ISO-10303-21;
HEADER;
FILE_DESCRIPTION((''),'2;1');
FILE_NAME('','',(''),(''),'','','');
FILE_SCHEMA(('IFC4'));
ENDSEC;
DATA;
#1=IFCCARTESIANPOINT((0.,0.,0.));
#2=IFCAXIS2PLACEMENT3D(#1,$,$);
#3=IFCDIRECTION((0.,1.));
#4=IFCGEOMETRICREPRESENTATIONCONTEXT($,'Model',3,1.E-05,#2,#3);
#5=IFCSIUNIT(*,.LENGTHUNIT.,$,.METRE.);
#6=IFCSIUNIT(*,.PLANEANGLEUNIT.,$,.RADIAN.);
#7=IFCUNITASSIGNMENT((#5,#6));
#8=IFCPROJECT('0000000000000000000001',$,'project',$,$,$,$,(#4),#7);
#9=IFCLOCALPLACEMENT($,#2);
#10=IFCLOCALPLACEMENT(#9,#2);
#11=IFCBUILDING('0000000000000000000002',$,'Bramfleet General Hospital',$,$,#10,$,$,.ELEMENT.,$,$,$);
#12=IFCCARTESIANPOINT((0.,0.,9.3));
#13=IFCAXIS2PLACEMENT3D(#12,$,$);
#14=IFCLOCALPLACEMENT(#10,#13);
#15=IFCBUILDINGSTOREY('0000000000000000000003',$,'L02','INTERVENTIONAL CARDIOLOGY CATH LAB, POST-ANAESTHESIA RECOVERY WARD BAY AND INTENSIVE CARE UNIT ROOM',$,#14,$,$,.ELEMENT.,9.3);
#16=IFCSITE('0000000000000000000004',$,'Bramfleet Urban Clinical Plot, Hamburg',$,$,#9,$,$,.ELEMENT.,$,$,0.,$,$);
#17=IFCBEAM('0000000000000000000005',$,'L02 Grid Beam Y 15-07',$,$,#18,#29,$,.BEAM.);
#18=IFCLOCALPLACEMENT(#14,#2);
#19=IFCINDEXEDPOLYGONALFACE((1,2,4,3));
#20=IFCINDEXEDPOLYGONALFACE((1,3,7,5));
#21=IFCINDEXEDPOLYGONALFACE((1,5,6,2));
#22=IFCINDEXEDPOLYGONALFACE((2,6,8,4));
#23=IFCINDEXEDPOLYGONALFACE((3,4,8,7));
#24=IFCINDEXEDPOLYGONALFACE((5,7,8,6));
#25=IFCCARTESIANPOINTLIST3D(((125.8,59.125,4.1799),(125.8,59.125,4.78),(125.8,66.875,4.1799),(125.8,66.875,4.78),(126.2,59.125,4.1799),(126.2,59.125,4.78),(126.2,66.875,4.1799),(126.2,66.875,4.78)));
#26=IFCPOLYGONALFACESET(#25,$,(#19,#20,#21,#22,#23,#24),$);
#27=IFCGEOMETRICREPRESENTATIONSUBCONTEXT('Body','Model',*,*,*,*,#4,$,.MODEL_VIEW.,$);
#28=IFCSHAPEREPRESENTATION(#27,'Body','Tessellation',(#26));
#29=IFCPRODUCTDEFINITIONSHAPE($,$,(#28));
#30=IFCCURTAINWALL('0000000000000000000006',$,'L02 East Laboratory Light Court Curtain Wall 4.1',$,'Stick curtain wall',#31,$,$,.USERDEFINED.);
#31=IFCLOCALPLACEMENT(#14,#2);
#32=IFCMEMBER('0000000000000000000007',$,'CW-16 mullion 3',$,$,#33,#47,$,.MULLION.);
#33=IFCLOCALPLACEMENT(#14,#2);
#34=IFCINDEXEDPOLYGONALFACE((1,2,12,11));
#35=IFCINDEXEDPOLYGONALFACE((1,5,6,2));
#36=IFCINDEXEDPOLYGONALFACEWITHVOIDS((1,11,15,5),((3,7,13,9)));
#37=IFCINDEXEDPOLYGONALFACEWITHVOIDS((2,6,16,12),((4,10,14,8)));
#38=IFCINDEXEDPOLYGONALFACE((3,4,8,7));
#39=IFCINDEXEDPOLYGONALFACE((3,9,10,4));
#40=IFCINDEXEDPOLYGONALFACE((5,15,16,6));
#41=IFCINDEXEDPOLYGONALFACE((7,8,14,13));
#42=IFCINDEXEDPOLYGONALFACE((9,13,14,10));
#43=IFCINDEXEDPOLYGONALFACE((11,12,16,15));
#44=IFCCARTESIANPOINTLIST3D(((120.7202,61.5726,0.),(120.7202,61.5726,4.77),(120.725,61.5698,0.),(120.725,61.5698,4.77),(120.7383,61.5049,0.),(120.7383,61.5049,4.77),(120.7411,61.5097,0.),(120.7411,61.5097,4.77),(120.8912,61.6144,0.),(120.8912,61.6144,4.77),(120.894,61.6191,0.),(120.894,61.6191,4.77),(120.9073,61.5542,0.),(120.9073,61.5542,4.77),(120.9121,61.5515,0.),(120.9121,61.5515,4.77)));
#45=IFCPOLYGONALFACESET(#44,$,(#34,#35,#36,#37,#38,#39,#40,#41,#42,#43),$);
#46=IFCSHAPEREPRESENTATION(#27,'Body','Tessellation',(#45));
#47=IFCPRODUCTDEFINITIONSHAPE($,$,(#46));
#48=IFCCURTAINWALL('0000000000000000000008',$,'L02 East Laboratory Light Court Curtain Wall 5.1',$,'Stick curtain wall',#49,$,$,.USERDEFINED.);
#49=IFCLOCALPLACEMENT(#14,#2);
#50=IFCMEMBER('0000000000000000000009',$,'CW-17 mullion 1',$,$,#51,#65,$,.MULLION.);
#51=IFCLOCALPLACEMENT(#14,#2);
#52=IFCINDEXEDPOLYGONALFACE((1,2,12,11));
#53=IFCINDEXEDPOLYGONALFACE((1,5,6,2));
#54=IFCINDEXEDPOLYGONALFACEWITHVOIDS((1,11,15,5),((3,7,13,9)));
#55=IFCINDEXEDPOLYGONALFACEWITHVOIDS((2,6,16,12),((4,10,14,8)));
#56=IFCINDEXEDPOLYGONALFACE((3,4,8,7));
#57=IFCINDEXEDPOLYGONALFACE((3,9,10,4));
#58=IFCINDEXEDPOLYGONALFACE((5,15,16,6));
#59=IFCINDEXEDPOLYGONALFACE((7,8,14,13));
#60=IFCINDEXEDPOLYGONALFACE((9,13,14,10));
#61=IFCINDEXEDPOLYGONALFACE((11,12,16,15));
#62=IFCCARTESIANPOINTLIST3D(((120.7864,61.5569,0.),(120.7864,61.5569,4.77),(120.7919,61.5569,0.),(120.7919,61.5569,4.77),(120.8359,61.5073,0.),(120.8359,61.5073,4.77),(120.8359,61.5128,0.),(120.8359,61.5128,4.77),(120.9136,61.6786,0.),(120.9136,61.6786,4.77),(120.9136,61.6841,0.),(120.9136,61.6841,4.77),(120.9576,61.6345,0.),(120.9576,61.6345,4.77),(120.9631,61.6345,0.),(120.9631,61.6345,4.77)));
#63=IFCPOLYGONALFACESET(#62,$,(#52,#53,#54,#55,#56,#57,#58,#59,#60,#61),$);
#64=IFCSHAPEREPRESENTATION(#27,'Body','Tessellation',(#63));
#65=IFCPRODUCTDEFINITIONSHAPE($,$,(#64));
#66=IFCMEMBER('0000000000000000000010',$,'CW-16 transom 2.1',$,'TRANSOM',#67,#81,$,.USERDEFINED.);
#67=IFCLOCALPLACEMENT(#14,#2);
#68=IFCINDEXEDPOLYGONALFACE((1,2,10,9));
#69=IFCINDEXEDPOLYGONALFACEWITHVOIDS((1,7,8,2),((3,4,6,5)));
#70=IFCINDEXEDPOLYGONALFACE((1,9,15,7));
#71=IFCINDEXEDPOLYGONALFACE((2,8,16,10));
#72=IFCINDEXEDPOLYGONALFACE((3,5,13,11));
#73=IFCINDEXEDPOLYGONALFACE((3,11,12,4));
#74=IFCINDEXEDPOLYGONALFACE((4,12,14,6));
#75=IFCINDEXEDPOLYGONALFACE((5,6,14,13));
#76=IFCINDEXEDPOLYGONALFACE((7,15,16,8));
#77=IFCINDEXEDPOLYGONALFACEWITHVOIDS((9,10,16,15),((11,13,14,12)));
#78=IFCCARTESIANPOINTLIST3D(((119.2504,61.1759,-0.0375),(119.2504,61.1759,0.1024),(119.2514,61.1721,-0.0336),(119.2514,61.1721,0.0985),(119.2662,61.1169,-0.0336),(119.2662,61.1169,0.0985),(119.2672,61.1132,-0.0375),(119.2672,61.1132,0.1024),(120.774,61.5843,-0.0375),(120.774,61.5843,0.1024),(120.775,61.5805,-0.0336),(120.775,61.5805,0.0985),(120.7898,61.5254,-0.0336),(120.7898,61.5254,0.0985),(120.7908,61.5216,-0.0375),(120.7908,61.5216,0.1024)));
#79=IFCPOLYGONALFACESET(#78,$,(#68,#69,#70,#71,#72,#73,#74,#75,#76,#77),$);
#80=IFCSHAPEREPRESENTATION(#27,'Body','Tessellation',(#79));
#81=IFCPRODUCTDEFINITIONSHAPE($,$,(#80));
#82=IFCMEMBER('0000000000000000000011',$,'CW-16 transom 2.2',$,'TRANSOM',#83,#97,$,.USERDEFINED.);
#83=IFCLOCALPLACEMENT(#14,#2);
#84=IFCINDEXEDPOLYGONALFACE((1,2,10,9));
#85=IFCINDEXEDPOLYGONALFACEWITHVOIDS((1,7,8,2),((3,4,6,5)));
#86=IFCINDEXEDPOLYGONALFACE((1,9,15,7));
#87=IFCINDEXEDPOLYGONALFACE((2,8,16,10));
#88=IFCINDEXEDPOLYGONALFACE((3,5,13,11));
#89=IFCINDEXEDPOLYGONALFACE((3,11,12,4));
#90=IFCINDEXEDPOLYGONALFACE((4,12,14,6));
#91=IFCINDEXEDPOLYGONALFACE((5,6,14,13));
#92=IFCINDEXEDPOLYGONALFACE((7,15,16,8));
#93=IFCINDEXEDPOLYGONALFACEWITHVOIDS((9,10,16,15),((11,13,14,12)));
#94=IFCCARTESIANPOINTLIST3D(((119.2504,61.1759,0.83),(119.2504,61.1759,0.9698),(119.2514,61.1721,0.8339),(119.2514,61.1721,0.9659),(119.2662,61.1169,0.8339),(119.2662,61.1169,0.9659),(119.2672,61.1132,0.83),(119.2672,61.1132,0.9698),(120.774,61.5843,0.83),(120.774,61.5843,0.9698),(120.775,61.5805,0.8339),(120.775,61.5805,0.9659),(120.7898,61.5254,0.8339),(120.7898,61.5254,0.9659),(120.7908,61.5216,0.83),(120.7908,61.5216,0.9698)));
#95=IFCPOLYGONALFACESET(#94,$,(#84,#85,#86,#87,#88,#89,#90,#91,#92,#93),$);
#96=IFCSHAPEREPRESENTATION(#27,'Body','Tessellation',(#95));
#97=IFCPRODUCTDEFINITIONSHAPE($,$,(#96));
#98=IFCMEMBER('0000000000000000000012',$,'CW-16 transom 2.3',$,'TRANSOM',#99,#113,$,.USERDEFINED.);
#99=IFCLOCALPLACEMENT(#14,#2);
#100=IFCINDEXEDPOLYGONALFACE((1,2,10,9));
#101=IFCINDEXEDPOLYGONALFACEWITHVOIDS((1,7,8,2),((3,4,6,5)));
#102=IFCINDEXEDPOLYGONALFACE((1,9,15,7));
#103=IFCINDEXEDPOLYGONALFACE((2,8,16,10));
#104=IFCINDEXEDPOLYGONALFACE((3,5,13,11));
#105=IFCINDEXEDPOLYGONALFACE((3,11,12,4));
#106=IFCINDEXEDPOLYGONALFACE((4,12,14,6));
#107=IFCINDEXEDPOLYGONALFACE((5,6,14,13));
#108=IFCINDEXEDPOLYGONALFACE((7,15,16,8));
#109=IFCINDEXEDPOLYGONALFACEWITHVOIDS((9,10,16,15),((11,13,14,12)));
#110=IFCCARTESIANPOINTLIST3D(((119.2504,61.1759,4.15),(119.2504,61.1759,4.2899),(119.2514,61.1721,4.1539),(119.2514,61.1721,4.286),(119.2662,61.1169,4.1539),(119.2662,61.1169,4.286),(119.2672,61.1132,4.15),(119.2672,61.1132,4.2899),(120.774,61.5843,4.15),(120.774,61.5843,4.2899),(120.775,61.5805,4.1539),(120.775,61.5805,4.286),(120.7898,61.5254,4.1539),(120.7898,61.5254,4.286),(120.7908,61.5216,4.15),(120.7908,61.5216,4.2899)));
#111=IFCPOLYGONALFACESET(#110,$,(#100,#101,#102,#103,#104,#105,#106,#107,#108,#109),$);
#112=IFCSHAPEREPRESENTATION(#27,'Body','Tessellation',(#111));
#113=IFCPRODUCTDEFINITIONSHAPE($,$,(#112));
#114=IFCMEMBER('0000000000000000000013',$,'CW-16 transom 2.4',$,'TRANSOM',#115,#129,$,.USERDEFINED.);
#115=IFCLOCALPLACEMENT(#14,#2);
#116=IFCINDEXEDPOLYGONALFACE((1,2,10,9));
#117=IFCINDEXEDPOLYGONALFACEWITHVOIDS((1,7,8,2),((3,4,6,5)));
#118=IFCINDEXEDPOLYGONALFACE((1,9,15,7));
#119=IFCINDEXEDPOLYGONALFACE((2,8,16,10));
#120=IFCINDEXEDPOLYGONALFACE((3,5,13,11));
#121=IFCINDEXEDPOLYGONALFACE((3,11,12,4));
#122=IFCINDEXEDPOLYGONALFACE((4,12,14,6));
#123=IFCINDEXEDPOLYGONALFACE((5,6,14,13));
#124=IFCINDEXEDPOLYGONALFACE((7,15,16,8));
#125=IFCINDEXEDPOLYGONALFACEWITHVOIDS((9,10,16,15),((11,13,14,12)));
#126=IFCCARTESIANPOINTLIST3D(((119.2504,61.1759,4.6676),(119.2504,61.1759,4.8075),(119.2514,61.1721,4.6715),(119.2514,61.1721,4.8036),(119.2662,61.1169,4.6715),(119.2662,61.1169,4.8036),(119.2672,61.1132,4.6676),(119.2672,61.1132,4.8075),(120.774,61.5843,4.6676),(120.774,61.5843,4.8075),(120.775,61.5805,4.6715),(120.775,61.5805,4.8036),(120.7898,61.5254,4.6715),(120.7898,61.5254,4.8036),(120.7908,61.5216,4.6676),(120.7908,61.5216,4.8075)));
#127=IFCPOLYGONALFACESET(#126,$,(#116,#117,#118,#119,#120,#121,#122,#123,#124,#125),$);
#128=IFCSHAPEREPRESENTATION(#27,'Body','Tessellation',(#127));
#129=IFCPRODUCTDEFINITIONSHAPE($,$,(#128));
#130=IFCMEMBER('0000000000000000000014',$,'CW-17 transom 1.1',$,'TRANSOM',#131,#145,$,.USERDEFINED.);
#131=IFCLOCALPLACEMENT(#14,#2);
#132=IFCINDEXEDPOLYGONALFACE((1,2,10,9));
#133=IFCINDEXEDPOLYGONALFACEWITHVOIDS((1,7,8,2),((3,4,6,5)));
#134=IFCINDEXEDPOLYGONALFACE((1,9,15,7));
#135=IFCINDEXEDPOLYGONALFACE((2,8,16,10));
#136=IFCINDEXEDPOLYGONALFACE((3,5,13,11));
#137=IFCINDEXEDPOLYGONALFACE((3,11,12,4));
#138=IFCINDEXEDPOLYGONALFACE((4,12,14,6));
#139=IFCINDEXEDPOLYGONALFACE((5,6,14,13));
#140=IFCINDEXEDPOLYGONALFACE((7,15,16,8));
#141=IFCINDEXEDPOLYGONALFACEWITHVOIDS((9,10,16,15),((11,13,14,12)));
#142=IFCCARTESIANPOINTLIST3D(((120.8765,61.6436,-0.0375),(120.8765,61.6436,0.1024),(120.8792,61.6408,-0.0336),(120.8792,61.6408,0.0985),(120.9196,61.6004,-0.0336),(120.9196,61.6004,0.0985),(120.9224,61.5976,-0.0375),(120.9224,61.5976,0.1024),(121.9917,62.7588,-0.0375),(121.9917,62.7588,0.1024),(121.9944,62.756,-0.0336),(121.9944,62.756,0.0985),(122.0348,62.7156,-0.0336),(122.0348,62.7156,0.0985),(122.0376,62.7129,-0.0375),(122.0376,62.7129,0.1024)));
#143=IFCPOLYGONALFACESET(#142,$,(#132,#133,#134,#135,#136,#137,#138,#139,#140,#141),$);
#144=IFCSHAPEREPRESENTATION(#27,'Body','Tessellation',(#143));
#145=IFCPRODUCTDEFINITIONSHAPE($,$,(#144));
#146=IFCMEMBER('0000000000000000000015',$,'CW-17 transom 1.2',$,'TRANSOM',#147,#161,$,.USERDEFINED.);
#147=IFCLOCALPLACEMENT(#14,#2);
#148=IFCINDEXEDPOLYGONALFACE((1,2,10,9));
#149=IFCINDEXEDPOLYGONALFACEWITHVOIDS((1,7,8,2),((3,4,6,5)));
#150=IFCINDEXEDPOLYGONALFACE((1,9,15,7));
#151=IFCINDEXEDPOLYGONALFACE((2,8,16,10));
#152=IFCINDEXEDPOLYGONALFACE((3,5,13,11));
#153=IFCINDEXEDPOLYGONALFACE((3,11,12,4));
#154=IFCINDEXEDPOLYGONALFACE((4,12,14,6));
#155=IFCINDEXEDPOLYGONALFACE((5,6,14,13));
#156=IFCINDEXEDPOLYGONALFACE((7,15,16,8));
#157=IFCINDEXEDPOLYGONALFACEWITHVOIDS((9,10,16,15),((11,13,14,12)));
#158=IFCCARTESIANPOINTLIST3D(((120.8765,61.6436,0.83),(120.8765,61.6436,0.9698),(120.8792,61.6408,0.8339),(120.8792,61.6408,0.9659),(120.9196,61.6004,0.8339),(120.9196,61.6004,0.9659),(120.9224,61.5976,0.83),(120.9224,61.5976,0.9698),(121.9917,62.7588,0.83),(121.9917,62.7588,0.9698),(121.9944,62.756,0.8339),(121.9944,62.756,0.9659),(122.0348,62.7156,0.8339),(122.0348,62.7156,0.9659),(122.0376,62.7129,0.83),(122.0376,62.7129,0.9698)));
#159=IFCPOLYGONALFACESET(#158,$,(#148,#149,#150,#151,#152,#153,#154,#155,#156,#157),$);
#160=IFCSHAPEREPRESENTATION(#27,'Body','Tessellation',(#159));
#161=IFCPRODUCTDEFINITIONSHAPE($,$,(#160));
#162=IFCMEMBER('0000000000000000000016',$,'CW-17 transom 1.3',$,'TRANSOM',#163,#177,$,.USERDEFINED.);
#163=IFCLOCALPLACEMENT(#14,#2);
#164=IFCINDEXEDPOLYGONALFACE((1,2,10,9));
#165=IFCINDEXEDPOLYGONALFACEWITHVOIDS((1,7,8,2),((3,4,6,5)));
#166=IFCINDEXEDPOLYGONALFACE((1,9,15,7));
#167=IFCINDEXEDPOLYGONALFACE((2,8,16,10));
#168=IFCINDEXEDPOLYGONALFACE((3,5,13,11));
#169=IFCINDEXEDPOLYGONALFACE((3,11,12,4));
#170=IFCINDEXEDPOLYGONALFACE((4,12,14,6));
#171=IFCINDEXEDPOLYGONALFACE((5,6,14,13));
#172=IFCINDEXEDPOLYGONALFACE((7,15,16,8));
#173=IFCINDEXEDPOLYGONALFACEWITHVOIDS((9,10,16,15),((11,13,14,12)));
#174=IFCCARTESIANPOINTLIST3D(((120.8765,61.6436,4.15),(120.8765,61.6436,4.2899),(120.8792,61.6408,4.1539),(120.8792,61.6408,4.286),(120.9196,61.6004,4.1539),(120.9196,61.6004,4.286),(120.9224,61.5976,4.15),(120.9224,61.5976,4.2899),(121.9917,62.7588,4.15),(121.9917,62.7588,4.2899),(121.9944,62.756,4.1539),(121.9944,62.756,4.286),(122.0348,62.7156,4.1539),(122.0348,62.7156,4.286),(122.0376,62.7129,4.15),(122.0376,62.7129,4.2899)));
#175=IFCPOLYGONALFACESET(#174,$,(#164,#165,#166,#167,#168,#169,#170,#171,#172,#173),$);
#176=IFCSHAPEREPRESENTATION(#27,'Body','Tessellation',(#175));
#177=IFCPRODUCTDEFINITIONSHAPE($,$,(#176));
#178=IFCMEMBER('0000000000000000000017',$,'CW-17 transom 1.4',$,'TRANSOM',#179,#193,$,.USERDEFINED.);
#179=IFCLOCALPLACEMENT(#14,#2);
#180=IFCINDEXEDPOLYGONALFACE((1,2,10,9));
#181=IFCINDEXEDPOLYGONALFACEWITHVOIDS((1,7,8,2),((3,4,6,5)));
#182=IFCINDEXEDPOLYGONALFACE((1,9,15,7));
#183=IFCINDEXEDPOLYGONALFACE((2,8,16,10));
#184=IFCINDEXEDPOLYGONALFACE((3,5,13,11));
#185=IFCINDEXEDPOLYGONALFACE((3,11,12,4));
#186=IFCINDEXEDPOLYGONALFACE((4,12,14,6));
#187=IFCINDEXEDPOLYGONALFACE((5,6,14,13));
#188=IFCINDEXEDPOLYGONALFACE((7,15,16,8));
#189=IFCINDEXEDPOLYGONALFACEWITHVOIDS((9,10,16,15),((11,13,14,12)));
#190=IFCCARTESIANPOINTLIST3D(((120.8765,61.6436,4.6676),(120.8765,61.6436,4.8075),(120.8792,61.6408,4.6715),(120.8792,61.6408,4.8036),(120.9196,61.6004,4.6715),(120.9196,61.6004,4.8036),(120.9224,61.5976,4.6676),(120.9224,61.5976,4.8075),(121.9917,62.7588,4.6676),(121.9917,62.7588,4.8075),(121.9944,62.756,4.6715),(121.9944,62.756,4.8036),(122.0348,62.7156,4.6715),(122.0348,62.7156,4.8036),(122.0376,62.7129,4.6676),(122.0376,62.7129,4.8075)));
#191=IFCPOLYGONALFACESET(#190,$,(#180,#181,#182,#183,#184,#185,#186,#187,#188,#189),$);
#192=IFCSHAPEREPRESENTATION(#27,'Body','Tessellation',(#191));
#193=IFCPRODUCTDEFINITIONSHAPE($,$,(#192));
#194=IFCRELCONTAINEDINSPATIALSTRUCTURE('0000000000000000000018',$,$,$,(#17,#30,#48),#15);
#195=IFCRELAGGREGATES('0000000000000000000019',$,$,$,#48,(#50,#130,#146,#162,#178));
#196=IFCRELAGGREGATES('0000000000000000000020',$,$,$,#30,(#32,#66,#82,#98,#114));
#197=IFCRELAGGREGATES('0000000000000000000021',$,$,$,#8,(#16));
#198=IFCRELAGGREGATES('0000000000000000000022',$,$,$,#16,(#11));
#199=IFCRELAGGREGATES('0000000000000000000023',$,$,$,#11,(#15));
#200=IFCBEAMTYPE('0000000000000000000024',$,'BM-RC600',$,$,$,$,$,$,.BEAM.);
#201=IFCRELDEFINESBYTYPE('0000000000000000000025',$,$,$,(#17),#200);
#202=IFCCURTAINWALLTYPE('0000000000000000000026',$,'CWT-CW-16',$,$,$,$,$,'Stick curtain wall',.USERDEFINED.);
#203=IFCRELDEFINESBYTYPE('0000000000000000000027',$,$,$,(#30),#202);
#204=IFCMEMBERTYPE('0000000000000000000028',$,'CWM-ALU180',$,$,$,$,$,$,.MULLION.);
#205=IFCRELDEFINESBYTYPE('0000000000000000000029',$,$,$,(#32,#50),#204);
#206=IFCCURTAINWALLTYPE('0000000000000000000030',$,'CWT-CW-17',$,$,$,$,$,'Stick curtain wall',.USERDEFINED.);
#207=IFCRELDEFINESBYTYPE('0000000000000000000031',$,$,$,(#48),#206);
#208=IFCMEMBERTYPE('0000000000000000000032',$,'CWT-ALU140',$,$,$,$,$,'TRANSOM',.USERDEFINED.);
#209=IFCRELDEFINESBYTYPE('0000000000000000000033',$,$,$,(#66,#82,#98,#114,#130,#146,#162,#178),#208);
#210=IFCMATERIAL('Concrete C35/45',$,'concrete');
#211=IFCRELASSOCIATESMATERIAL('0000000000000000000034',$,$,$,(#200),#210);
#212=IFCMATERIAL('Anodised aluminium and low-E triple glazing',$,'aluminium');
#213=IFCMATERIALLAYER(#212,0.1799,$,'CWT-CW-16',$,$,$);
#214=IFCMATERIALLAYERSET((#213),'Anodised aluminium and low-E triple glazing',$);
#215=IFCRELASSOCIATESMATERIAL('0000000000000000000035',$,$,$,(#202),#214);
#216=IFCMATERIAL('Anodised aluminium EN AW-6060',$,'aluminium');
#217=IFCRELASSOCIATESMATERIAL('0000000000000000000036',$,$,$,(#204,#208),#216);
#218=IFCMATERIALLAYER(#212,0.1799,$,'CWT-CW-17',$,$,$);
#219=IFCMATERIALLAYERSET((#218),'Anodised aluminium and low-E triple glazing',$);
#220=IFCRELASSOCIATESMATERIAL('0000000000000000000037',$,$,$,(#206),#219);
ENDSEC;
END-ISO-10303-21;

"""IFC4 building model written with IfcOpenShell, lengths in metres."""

from ifc_helpers import new_model, si_unit, direction, frame, origin, origin_2d, place, context, subcontext, project, spatial, rectangle, hollow_rectangle, extrude, material, layer, layer_set, material_profile, profile_set, type_object, element, aggregate, save


model = new_model("IFC4")

# Units and contexts
model_context = context("Model", 3, precision=1e-05, world=origin(), true_north=direction((0.0, 1.0)))
body_context = subcontext(model_context, "Body", "Model", "MODEL_VIEW")
ifc_project = project(units=[si_unit("LENGTHUNIT", "METRE"), si_unit("PLANEANGLEUNIT", "RADIAN")], contexts=[model_context])

# Site, building, storey
site_placement = place(None, origin())
site = spatial("IfcSite", under=ifc_project, at=site_placement, Name="Bramfleet Urban Clinical Plot, Hamburg", CompositionType="ELEMENT", RefElevation=0.0)
building_placement = place(site_placement, origin())
building = spatial("IfcBuilding", under=site, at=building_placement, Name="Bramfleet General Hospital", CompositionType="ELEMENT")
storey_placement = place(building_placement, frame((0.0, 0.0, 9.3)))
storey = spatial("IfcBuildingStorey", under=building, at=storey_placement, Name="L02", Description="INTERVENTIONAL CARDIOLOGY CATH LAB, POST-ANAESTHESIA RECOVERY WARD BAY AND INTENSIVE CARE UNIT ROOM", CompositionType="ELEMENT", Elevation=9.3)

# Beam
ifc_material_1 = material(Name="Concrete C35/45", Category="concrete")
ifc_material_profile_1 = material_profile(ifc_material_1, rectangle(XDim=0.3999, YDim=0.6001, at=origin_2d()), Name="RC BM 600x400")
ifc_profile_set_1 = profile_set([ifc_material_profile_1], Name="Concrete C35/45")
beam_type = type_object("IfcBeamType", Name="BM-RC600", PredefinedType="BEAM", material=ifc_profile_set_1)
beam_placement = place(storey_placement, frame((126.0, 59.125, 4.48), z_axis=(0.0, 1.0, 0.0), x_axis=(-1.0, 0.0, 0.0)))
element("IfcBeam", 1, at=beam_placement, inside=storey, type_object=beam_type, Name="L02 Grid Beam Y 15-07", PredefinedType="BEAM", context=body_context, shape_type="SweptSolid", body=[
    extrude(rectangle(XDim=0.3999, YDim=0.6001, at=origin_2d()), origin(), (0.0, 0.0, 1.0), 7.75),
])

# Curtain walls, members
ifc_material_2 = material(Name="Anodised aluminium and low-E triple glazing", Category="aluminium")
ifc_layer_1 = layer(ifc_material_2, 0.1799, Name="CWT-CW-16")
ifc_layer_set_1 = layer_set([ifc_layer_1], Name="Anodised aluminium and low-E triple glazing")
curtain_wall_type_1 = type_object("IfcCurtainWallType", Name="CWT-CW-16", ElementType="Stick curtain wall", PredefinedType="USERDEFINED", material=ifc_layer_set_1)
curtain_wall_1_placement = place(storey_placement, origin())
curtain_wall_1 = element("IfcCurtainWall", 2, at=curtain_wall_1_placement, inside=storey, type_object=curtain_wall_type_1, Name="L02 East Laboratory Light Court Curtain Wall 4.1", ObjectType="Stick curtain wall", PredefinedType="USERDEFINED")
ifc_material_3 = material(Name="Anodised aluminium EN AW-6060", Category="aluminium")
ifc_material_profile_2 = material_profile(ifc_material_3, hollow_rectangle(XDim=0.0701, YDim=0.1799, WallThickness=0.0039, at=origin_2d()), Name="ALU 180x70x4.0")
ifc_profile_set_2 = profile_set([ifc_material_profile_2], Name="Anodised aluminium EN AW-6060")
member_type_1 = type_object("IfcMemberType", Name="CWM-ALU180", PredefinedType="MULLION", material=ifc_profile_set_2)
member_1_placement = place(storey_placement, frame((120.8162, 61.562, 0.0), z_axis=(0.0, 0.0, 1.0), x_axis=(-0.258865, 0.965914, 0.0)))
member_1 = element("IfcMember", 3, at=member_1_placement, type_object=member_type_1, Name="CW-16 mullion 3", PredefinedType="MULLION", context=body_context, shape_type="SweptSolid", body=[
    extrude(hollow_rectangle(XDim=0.0701, YDim=0.1799, WallThickness=0.0039, at=origin_2d()), origin(), (0.0, 0.0, 1.0), 4.77),
])
ifc_layer_2 = layer(ifc_material_2, 0.1799, Name="CWT-CW-17")
ifc_layer_set_2 = layer_set([ifc_layer_2], Name="Anodised aluminium and low-E triple glazing")
curtain_wall_type_2 = type_object("IfcCurtainWallType", Name="CWT-CW-17", ElementType="Stick curtain wall", PredefinedType="USERDEFINED", material=ifc_layer_set_2)
curtain_wall_2_placement = place(storey_placement, origin())
curtain_wall_2 = element("IfcCurtainWall", 4, at=curtain_wall_2_placement, inside=storey, type_object=curtain_wall_type_2, Name="L02 East Laboratory Light Court Curtain Wall 5.1", ObjectType="Stick curtain wall", PredefinedType="USERDEFINED")
member_2_placement = place(storey_placement, frame((120.8748, 61.5957, 0.0), z_axis=(0.0, 0.0, 1.0), x_axis=(-0.707107, 0.707107, 0.0)))
member_2 = element("IfcMember", 5, at=member_2_placement, type_object=member_type_1, Name="CW-17 mullion 1", PredefinedType="MULLION", context=body_context, shape_type="SweptSolid", body=[
    extrude(hollow_rectangle(XDim=0.0701, YDim=0.1799, WallThickness=0.0039, at=origin_2d()), origin(), (0.0, 0.0, 1.0), 4.77),
])

# Members
ifc_material_profile_3 = material_profile(ifc_material_3, hollow_rectangle(XDim=0.0649, YDim=0.1399, WallThickness=0.0039, at=origin_2d()), Name="ALU 140x65x4.0")
ifc_profile_set_3 = profile_set([ifc_material_profile_3], Name="Anodised aluminium EN AW-6060")
member_type_2 = type_object("IfcMemberType", Name="CWT-ALU140", ElementType="TRANSOM", PredefinedType="USERDEFINED", material=ifc_profile_set_3)
member_3_placement = place(storey_placement, frame((119.2588, 61.1445, 0.0325), z_axis=(0.965898, 0.258924, 0.0), x_axis=(-0.258924, 0.965898, 0.0)))
member_3 = element("IfcMember", 6, at=member_3_placement, type_object=member_type_2, Name="CW-16 transom 2.1", ObjectType="TRANSOM", PredefinedType="USERDEFINED", context=body_context, shape_type="SweptSolid", body=[
    extrude(hollow_rectangle(XDim=0.0649, YDim=0.1399, WallThickness=0.0039, at=origin_2d()), origin(), (0.0, 0.0, 1.0), 1.5774),
])
member_4_placement = place(storey_placement, frame((119.2588, 61.1445, 0.8999), z_axis=(0.965898, 0.258924, 0.0), x_axis=(-0.258924, 0.965898, 0.0)))
member_4 = element("IfcMember", 7, at=member_4_placement, type_object=member_type_2, Name="CW-16 transom 2.2", ObjectType="TRANSOM", PredefinedType="USERDEFINED", context=body_context, shape_type="SweptSolid", body=[
    extrude(hollow_rectangle(XDim=0.0649, YDim=0.1399, WallThickness=0.0039, at=origin_2d()), origin(), (0.0, 0.0, 1.0), 1.5774),
])
member_5_placement = place(storey_placement, frame((119.2588, 61.1445, 4.22), z_axis=(0.965898, 0.258924, 0.0), x_axis=(-0.258924, 0.965898, 0.0)))
member_5 = element("IfcMember", 8, at=member_5_placement, type_object=member_type_2, Name="CW-16 transom 2.3", ObjectType="TRANSOM", PredefinedType="USERDEFINED", context=body_context, shape_type="SweptSolid", body=[
    extrude(hollow_rectangle(XDim=0.0649, YDim=0.1399, WallThickness=0.0039, at=origin_2d()), origin(), (0.0, 0.0, 1.0), 1.5774),
])
member_6_placement = place(storey_placement, frame((119.2588, 61.1445, 4.7375), z_axis=(0.965898, 0.258924, 0.0), x_axis=(-0.258924, 0.965898, 0.0)))
member_6 = element("IfcMember", 9, at=member_6_placement, type_object=member_type_2, Name="CW-16 transom 2.4", ObjectType="TRANSOM", PredefinedType="USERDEFINED", context=body_context, shape_type="SweptSolid", body=[
    extrude(hollow_rectangle(XDim=0.0649, YDim=0.1399, WallThickness=0.0039, at=origin_2d()), origin(), (0.0, 0.0, 1.0), 1.5774),
])
member_7_placement = place(storey_placement, frame((120.8994, 61.6206, 0.0325), z_axis=(0.707107, 0.707107, 0.0), x_axis=(-0.707107, 0.707107, 0.0)))
member_7 = element("IfcMember", 10, at=member_7_placement, type_object=member_type_2, Name="CW-17 transom 1.1", ObjectType="TRANSOM", PredefinedType="USERDEFINED", context=body_context, shape_type="SweptSolid", body=[
    extrude(hollow_rectangle(XDim=0.0649, YDim=0.1399, WallThickness=0.0039, at=origin_2d()), origin(), (0.0, 0.0, 1.0), 1.5771),
])
member_8_placement = place(storey_placement, frame((120.8994, 61.6206, 0.8999), z_axis=(0.707107, 0.707107, 0.0), x_axis=(-0.707107, 0.707107, 0.0)))
member_8 = element("IfcMember", 11, at=member_8_placement, type_object=member_type_2, Name="CW-17 transom 1.2", ObjectType="TRANSOM", PredefinedType="USERDEFINED", context=body_context, shape_type="SweptSolid", body=[
    extrude(hollow_rectangle(XDim=0.0649, YDim=0.1399, WallThickness=0.0039, at=origin_2d()), origin(), (0.0, 0.0, 1.0), 1.5771),
])
member_9_placement = place(storey_placement, frame((120.8994, 61.6206, 4.22), z_axis=(0.707107, 0.707107, 0.0), x_axis=(-0.707107, 0.707107, 0.0)))
member_9 = element("IfcMember", 12, at=member_9_placement, type_object=member_type_2, Name="CW-17 transom 1.3", ObjectType="TRANSOM", PredefinedType="USERDEFINED", context=body_context, shape_type="SweptSolid", body=[
    extrude(hollow_rectangle(XDim=0.0649, YDim=0.1399, WallThickness=0.0039, at=origin_2d()), origin(), (0.0, 0.0, 1.0), 1.5771),
])
member_10_placement = place(storey_placement, frame((120.8994, 61.6206, 4.7375), z_axis=(0.707107, 0.707107, 0.0), x_axis=(-0.707107, 0.707107, 0.0)))
member_10 = element("IfcMember", 13, at=member_10_placement, type_object=member_type_2, Name="CW-17 transom 1.4", ObjectType="TRANSOM", PredefinedType="USERDEFINED", context=body_context, shape_type="SweptSolid", body=[
    extrude(hollow_rectangle(XDim=0.0649, YDim=0.1399, WallThickness=0.0039, at=origin_2d()), origin(), (0.0, 0.0, 1.0), 1.5771),
])
aggregate(curtain_wall_2, [member_2, member_7, member_8, member_9, member_10])

aggregate(curtain_wall_1, [member_1, member_3, member_4, member_5, member_6])

save(model, "model.ifc")
